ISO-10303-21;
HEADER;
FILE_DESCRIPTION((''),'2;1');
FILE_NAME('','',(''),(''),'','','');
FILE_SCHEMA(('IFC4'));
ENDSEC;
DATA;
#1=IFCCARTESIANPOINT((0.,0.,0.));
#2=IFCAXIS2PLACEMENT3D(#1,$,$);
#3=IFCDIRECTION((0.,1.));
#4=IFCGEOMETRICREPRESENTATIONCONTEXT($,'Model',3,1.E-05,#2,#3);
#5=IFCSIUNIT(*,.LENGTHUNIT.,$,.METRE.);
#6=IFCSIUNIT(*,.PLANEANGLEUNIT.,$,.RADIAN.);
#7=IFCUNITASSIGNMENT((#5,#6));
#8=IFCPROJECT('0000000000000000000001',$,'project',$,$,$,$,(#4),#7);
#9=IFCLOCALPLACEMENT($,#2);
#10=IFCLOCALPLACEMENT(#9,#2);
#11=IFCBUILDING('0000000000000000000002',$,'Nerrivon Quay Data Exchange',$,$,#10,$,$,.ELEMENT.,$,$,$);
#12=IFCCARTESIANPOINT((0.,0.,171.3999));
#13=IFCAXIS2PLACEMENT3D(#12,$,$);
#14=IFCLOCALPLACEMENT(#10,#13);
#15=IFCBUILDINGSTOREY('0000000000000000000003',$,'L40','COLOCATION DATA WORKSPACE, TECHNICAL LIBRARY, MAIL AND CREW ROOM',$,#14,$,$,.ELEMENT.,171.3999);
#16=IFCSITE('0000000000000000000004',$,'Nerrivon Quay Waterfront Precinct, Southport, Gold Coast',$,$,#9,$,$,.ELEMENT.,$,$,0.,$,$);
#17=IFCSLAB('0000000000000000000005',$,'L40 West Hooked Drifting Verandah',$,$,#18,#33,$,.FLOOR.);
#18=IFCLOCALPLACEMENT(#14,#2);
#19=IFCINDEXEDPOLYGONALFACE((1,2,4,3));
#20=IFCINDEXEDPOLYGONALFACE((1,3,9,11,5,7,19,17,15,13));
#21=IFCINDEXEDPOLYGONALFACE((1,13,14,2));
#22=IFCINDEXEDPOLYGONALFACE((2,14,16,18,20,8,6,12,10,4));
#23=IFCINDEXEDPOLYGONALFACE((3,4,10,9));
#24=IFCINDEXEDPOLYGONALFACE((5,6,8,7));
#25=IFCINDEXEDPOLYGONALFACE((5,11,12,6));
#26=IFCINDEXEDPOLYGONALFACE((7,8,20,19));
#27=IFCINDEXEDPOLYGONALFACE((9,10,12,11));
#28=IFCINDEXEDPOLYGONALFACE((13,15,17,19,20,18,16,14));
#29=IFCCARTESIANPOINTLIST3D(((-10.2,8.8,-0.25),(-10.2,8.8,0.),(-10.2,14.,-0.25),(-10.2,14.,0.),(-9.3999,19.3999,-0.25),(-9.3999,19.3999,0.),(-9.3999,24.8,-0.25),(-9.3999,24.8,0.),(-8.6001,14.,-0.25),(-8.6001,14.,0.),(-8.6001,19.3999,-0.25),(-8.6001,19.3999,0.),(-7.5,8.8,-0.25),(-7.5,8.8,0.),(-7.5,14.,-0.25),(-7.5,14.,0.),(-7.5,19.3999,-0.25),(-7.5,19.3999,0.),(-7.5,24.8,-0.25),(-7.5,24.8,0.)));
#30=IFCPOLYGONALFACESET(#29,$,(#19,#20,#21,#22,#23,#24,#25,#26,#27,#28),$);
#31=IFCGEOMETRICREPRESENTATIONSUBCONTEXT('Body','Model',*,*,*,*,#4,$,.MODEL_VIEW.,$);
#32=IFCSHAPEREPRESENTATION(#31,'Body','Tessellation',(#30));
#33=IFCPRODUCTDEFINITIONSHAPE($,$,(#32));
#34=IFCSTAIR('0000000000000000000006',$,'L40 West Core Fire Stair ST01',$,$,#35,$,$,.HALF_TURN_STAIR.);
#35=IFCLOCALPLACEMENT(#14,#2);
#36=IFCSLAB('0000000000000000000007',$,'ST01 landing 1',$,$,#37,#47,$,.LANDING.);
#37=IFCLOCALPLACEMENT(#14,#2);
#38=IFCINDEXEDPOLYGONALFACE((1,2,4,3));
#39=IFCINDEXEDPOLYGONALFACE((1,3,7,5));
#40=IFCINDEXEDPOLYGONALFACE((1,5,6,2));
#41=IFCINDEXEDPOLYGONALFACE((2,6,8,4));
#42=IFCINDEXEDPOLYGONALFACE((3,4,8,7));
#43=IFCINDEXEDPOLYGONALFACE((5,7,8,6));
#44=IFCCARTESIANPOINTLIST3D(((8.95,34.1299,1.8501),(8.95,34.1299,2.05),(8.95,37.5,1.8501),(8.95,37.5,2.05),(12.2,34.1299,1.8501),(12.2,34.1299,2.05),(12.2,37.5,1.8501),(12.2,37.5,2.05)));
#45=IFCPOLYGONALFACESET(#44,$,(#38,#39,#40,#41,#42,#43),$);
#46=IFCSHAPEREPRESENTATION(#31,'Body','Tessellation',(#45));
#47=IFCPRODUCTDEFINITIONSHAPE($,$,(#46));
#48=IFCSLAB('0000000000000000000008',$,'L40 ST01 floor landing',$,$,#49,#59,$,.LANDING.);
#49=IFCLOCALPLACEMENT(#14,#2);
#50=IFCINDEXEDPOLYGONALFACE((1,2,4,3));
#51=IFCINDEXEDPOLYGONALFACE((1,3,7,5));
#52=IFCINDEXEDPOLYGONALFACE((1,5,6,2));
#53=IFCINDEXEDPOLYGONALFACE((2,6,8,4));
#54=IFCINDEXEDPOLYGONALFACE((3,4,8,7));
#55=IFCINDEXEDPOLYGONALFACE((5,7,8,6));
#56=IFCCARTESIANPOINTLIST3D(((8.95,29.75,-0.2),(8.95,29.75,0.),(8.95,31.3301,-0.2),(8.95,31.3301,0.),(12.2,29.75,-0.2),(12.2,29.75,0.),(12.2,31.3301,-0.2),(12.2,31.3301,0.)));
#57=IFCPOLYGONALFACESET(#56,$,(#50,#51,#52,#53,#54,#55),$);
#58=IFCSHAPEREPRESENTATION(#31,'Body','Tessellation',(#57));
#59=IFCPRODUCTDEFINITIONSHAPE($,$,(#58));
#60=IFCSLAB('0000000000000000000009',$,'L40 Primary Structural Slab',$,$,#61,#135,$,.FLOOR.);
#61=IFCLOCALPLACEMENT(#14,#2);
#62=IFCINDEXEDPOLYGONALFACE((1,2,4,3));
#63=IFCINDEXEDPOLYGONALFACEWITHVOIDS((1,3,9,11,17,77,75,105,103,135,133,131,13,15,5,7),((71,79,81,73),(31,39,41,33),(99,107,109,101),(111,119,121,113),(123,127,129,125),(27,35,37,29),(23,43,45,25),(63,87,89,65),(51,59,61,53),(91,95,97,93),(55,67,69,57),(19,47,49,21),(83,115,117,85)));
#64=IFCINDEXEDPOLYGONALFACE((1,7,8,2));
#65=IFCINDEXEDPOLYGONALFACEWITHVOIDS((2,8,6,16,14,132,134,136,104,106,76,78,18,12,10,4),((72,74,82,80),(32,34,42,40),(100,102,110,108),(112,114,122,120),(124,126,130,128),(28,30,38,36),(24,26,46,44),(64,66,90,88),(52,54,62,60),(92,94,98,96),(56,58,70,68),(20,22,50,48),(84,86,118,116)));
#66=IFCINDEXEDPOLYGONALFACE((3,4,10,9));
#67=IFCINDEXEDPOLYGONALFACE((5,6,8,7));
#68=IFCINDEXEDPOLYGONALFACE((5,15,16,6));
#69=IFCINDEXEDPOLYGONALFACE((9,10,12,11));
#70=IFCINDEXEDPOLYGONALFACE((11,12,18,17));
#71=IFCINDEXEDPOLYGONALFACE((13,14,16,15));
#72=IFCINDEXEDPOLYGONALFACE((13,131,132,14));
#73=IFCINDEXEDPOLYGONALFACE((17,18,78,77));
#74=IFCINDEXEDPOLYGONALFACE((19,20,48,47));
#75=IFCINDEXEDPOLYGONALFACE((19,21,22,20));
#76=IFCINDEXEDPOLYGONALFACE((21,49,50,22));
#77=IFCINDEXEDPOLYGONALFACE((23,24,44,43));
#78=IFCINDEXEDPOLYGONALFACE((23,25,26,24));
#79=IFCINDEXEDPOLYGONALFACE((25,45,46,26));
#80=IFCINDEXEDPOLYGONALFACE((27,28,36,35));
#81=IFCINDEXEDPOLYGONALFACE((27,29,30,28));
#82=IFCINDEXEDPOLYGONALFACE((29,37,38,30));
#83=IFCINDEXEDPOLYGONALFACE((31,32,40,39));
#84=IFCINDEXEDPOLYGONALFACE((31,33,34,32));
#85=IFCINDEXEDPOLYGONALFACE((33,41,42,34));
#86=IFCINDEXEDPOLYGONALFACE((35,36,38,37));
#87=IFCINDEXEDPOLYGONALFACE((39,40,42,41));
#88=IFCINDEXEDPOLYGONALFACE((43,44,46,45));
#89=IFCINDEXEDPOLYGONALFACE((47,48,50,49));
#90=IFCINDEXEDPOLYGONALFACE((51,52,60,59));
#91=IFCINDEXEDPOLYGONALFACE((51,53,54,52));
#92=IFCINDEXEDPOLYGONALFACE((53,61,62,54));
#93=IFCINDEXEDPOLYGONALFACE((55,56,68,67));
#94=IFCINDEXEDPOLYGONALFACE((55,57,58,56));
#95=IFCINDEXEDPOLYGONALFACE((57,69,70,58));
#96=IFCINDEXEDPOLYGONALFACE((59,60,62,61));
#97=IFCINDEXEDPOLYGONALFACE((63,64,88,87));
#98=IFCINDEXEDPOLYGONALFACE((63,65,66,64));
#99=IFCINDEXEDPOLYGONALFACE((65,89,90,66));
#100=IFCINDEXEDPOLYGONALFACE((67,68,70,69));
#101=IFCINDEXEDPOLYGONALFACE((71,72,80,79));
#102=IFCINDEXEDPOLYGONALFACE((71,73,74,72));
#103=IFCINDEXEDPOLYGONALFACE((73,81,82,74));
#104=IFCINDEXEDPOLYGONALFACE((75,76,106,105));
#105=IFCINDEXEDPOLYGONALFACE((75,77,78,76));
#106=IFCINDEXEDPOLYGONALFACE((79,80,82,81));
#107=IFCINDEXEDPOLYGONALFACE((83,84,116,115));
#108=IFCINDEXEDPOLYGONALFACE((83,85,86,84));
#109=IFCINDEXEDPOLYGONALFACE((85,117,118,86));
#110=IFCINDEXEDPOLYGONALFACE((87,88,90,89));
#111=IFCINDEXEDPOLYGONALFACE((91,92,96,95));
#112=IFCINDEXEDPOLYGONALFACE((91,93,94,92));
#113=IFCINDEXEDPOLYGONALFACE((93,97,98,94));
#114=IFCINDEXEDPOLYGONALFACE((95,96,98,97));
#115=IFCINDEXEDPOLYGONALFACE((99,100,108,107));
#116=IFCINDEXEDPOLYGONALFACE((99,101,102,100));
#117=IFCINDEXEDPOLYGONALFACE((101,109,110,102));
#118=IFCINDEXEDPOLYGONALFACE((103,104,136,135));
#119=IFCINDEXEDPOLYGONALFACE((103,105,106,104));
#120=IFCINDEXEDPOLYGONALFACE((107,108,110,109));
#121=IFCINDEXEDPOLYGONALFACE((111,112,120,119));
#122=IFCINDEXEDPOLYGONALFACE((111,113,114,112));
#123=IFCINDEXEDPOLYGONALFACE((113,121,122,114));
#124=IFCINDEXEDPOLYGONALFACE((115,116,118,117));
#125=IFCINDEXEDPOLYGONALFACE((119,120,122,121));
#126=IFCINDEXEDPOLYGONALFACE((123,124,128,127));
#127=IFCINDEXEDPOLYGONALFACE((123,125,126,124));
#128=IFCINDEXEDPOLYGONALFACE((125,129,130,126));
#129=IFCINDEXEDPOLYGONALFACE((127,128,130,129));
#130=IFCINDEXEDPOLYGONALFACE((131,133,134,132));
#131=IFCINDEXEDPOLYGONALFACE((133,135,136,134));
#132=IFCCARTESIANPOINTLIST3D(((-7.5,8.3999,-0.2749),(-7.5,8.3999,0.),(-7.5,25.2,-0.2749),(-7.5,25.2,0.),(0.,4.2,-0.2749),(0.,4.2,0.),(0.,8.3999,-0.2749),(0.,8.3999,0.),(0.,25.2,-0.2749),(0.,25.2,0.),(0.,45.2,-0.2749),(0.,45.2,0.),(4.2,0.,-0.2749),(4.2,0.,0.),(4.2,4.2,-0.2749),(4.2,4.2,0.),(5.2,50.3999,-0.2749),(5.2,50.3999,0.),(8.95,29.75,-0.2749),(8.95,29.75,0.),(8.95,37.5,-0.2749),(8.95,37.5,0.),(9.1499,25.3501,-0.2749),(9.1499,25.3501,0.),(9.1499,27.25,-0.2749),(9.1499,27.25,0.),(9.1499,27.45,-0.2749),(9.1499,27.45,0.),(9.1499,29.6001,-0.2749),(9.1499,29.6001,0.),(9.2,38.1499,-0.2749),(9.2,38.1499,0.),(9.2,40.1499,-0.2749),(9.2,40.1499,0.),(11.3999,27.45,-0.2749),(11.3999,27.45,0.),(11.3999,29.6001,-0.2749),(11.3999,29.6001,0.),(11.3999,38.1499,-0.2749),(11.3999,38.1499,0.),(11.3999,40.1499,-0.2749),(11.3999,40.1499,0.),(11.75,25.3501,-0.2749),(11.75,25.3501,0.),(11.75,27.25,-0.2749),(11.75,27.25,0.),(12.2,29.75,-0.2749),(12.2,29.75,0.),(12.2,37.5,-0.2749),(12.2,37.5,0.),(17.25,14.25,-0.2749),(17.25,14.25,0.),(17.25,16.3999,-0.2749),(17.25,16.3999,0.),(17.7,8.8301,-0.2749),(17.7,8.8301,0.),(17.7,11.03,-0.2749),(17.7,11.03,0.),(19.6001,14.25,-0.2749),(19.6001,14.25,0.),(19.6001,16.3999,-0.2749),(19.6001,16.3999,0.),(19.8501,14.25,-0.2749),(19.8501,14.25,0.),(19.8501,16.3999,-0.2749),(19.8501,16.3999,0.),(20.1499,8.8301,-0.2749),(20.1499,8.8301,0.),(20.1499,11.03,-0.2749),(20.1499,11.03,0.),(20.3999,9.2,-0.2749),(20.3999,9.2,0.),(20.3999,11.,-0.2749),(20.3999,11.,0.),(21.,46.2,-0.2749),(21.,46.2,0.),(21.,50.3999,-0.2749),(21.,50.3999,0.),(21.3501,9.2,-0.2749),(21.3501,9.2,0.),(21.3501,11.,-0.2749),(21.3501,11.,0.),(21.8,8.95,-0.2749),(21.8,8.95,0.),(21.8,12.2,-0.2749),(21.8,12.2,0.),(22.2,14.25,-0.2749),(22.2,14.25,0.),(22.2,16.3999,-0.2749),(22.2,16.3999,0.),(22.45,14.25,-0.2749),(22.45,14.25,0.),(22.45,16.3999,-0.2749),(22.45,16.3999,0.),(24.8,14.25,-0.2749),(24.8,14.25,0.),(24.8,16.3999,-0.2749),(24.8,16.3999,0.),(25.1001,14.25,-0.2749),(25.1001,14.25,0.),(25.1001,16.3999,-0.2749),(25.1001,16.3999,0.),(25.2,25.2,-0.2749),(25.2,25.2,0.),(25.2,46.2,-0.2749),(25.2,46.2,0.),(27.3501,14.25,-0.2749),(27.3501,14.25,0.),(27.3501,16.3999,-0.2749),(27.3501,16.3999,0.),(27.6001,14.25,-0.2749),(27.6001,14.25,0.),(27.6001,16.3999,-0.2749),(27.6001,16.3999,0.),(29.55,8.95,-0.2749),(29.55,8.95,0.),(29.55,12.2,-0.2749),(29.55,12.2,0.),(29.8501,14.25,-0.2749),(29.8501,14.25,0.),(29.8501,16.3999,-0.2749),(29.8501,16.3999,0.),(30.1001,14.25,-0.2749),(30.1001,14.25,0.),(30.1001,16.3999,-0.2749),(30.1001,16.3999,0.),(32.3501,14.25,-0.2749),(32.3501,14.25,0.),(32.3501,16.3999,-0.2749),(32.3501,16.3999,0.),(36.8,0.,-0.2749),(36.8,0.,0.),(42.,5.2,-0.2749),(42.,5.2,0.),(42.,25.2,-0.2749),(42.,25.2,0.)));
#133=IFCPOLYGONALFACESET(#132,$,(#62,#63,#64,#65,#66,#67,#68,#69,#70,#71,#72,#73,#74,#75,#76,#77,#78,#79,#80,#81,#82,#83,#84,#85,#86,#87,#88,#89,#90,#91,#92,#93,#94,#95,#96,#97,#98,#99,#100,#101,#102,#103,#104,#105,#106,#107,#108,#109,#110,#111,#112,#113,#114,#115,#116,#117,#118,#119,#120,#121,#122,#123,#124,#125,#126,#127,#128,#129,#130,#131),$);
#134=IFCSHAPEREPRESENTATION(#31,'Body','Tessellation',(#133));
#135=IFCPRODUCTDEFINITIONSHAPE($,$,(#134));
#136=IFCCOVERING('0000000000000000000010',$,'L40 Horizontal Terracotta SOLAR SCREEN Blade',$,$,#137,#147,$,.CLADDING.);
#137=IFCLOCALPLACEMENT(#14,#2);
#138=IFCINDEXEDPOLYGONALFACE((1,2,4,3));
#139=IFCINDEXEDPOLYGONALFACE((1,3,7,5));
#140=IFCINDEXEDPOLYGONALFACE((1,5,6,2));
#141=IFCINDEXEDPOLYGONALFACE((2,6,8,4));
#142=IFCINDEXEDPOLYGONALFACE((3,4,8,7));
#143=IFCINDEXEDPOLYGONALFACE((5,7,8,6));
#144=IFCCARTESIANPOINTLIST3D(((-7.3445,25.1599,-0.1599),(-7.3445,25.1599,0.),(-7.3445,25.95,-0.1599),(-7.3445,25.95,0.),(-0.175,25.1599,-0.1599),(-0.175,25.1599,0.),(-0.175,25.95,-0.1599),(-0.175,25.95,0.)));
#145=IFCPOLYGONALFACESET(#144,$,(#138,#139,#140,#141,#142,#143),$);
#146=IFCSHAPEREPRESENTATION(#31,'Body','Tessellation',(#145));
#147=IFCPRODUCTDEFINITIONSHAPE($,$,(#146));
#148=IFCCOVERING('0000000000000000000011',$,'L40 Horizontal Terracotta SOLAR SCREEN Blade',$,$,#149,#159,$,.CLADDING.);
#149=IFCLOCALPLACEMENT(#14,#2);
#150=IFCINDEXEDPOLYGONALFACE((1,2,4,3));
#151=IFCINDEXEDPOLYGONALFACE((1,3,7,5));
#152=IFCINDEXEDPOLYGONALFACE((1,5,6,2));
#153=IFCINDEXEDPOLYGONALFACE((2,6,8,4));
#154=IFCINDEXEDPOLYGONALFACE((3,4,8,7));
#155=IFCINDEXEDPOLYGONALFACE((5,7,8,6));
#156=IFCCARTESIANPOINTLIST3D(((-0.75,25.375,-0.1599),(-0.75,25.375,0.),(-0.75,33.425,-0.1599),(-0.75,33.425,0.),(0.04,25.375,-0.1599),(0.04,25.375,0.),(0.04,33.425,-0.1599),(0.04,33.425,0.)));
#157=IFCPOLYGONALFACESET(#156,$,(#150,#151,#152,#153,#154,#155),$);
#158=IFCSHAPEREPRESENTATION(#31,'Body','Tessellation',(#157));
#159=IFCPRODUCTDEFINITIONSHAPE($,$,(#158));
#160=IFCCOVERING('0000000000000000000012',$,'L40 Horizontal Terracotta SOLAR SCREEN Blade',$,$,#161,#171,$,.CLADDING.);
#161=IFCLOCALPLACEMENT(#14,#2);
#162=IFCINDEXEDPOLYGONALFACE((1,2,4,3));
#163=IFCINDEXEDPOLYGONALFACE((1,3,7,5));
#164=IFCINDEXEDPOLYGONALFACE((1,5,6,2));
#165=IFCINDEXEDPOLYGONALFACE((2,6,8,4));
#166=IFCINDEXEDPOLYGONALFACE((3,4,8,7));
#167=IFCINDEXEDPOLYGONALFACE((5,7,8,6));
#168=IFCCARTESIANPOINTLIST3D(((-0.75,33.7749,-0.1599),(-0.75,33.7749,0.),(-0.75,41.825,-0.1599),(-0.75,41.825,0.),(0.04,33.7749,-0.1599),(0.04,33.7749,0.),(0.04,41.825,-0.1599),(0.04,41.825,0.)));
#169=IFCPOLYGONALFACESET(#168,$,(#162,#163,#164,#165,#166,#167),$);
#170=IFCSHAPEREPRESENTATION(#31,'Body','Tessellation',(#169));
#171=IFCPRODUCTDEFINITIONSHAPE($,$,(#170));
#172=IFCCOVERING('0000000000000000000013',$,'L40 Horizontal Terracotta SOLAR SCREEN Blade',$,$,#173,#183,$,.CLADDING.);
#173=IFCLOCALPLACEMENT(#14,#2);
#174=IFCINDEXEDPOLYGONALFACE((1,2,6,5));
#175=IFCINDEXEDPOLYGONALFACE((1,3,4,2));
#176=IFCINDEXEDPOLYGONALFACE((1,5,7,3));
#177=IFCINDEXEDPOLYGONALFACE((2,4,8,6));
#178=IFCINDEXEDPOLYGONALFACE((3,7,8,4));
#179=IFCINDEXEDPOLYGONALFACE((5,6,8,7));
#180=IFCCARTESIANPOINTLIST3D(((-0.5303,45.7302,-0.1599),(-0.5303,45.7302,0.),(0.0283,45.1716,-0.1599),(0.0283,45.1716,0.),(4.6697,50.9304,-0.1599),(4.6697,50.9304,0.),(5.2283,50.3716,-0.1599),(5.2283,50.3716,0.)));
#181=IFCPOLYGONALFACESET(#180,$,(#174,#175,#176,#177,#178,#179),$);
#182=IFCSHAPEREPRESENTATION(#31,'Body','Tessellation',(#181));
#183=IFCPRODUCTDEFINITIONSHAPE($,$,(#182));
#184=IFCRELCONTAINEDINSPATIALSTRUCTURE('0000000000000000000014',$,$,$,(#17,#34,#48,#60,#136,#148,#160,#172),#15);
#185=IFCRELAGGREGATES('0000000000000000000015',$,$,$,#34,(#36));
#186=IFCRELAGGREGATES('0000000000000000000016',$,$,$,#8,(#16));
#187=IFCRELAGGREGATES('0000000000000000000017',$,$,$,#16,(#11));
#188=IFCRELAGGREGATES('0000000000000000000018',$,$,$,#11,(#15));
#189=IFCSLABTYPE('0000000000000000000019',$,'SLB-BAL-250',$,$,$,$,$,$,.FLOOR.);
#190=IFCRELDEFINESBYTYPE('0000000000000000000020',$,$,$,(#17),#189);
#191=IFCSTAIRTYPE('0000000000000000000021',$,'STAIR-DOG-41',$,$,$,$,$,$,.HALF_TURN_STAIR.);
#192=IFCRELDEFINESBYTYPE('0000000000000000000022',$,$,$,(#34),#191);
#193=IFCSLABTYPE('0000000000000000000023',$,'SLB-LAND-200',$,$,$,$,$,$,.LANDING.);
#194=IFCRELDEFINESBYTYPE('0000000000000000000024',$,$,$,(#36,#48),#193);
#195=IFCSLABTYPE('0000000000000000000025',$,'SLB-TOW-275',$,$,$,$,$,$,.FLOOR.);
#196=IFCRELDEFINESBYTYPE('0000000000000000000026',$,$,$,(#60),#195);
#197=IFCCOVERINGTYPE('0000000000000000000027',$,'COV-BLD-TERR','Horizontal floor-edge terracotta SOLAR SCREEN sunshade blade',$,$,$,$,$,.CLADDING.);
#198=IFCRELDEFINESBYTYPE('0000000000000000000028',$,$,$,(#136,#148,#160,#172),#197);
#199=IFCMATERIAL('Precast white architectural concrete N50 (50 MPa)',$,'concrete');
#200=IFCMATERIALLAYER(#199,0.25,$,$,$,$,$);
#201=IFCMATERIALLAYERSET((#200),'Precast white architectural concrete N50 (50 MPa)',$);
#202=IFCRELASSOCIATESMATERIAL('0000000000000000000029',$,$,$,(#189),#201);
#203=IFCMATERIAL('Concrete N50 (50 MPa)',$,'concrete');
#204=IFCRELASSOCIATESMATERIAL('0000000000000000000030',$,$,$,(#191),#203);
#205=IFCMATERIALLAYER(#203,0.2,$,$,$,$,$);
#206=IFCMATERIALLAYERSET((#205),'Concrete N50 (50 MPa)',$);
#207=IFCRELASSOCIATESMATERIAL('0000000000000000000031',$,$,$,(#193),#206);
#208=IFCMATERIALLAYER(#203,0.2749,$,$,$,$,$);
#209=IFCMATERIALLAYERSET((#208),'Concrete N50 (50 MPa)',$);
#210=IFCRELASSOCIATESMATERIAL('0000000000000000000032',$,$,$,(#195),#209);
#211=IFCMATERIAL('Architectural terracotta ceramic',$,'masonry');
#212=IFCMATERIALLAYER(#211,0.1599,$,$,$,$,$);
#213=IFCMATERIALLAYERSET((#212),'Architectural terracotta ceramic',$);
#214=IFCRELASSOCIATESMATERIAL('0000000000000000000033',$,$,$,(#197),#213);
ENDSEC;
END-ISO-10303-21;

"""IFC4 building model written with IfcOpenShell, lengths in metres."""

from ifc_helpers import new_model, si_unit, direction, frame, origin, place, context, subcontext, project, spatial, polyline, outline, extrude, material, layer, layer_set, type_object, element, aggregate, save


model = new_model("IFC4")

# Units and contexts
model_context = context("Model", 3, precision=1e-05, world=origin(), true_north=direction((0.0, 1.0)))
body_context = subcontext(model_context, "Body", "Model", "MODEL_VIEW")
ifc_project = project(units=[si_unit("LENGTHUNIT", "METRE"), si_unit("PLANEANGLEUNIT", "RADIAN")], contexts=[model_context])

# Site, building, storey
site_placement = place(None, origin())
site = spatial("IfcSite", under=ifc_project, at=site_placement, Name="Nerrivon Quay Waterfront Precinct, Southport, Gold Coast", CompositionType="ELEMENT", RefElevation=0.0)
building_placement = place(site_placement, origin())
building = spatial("IfcBuilding", under=site, at=building_placement, Name="Nerrivon Quay Data Exchange", CompositionType="ELEMENT")
storey_placement = place(building_placement, frame((0.0, 0.0, 171.3999)))
storey = spatial("IfcBuildingStorey", under=building, at=storey_placement, Name="L40", Description="COLOCATION DATA WORKSPACE, TECHNICAL LIBRARY, MAIL AND CREW ROOM", CompositionType="ELEMENT", Elevation=171.3999)

# Slab
ifc_material_1 = material(Name="Precast white architectural concrete N50 (50 MPa)", Category="concrete")
ifc_layer_1 = layer(ifc_material_1, 0.25)
ifc_layer_set_1 = layer_set([ifc_layer_1], Name="Precast white architectural concrete N50 (50 MPa)")
slab_type_1 = type_object("IfcSlabType", Name="SLB-BAL-250", PredefinedType="FLOOR", material=ifc_layer_set_1)
slab_1_placement = place(storey_placement, frame((0.0, 0.0, -0.25)))
element("IfcSlab", 1, at=slab_1_placement, inside=storey, type_object=slab_type_1, Name="L40 West Hooked Drifting Verandah", PredefinedType="FLOOR", context=body_context, shape_type="SweptSolid", body=[
    extrude(outline(polyline([(-7.5, 14.0), (-7.5, 19.3999), (-7.5, 24.8), (-9.3999, 24.8), (-9.3999, 19.3999), (-8.6001, 19.3999), (-8.6001, 14.0), (-10.2, 14.0), (-10.2, 8.8), (-7.5, 8.8), (-7.5, 14.0)])), origin(), (0.0, 0.0, 1.0), 0.25),
])

# Stair, slab
ifc_material_2 = material(Name="Concrete N50 (50 MPa)", Category="concrete")
stair_type = type_object("IfcStairType", Name="STAIR-DOG-41", PredefinedType="HALF_TURN_STAIR", material=ifc_material_2)
stair_placement = place(storey_placement, origin())
stair = element("IfcStair", 2, at=stair_placement, inside=storey, type_object=stair_type, Name="L40 West Core Fire Stair ST01", PredefinedType="HALF_TURN_STAIR")
ifc_layer_2 = layer(ifc_material_2, 0.2)
ifc_layer_set_2 = layer_set([ifc_layer_2], Name="Concrete N50 (50 MPa)")
slab_type_2 = type_object("IfcSlabType", Name="SLB-LAND-200", PredefinedType="LANDING", material=ifc_layer_set_2)
slab_2_placement = place(storey_placement, frame((0.0, 0.0, 1.8501)))
slab_2 = element("IfcSlab", 3, at=slab_2_placement, type_object=slab_type_2, Name="ST01 landing 1", PredefinedType="LANDING", context=body_context, shape_type="SweptSolid", body=[
    extrude(outline(polyline([(12.2, 34.1299), (12.2, 37.5), (8.95, 37.5), (8.95, 34.1299), (12.2, 34.1299)])), origin(), (0.0, 0.0, 1.0), 0.2),
])
aggregate(stair, [slab_2])

# Slabs
slab_3_placement = place(storey_placement, frame((0.0, 0.0, -0.2)))
element("IfcSlab", 4, at=slab_3_placement, inside=storey, type_object=slab_type_2, Name="L40 ST01 floor landing", PredefinedType="LANDING", context=body_context, shape_type="SweptSolid", body=[
    extrude(outline(polyline([(12.2, 29.75), (12.2, 31.3301), (8.95, 31.3301), (8.95, 29.75), (12.2, 29.75)])), origin(), (0.0, 0.0, 1.0), 0.2),
])
ifc_layer_3 = layer(ifc_material_2, 0.2749)
ifc_layer_set_3 = layer_set([ifc_layer_3], Name="Concrete N50 (50 MPa)")
slab_type_3 = type_object("IfcSlabType", Name="SLB-TOW-275", PredefinedType="FLOOR", material=ifc_layer_set_3)
slab_4_placement = place(storey_placement, frame((0.0, 0.0, -0.2749)))
element("IfcSlab", 5, at=slab_4_placement, inside=storey, type_object=slab_type_3, Name="L40 Primary Structural Slab", PredefinedType="FLOOR", context=body_context, shape_type="SweptSolid", body=[
    extrude(outline(polyline([(0.0, 8.3999), (0.0, 4.2), (4.2, 4.2), (4.2, 0.0), (36.8, 0.0), (42.0, 5.2), (42.0, 25.2), (25.2, 25.2), (25.2, 46.2), (21.0, 46.2), (21.0, 50.3999), (5.2, 50.3999), (0.0, 45.2), (0.0, 25.2), (-7.5, 25.2), (-7.5, 8.3999), (0.0, 8.3999)]), holes=[polyline([(8.95, 29.75), (8.95, 37.5), (12.2, 37.5), (12.2, 29.75), (8.95, 29.75)]), polyline([(21.8, 12.2), (29.55, 12.2), (29.55, 8.95), (21.8, 8.95), (21.8, 12.2)]), polyline([(30.1001, 16.3999), (32.3501, 16.3999), (32.3501, 14.25), (30.1001, 14.25), (30.1001, 16.3999)]), polyline([(27.6001, 16.3999), (29.8501, 16.3999), (29.8501, 14.25), (27.6001, 14.25), (27.6001, 16.3999)]), polyline([(25.1001, 14.25), (25.1001, 16.3999), (27.3501, 16.3999), (27.3501, 14.25), (25.1001, 14.25)]), polyline([(22.45, 16.3999), (24.8, 16.3999), (24.8, 14.25), (22.45, 14.25), (22.45, 16.3999)]), polyline([(19.8501, 16.3999), (22.2, 16.3999), (22.2, 14.25), (19.8501, 14.25), (19.8501, 16.3999)]), polyline([(20.3999, 9.2), (20.3999, 11.0), (21.3501, 11.0), (21.3501, 9.2), (20.3999, 9.2)]), polyline([(17.7, 8.8301), (17.7, 11.03), (20.1499, 11.03), (20.1499, 8.8301), (17.7, 8.8301)]), polyline([(17.25, 14.25), (17.25, 16.3999), (19.6001, 16.3999), (19.6001, 14.25), (17.25, 14.25)]), polyline([(9.1499, 27.25), (11.75, 27.25), (11.75, 25.3501), (9.1499, 25.3501), (9.1499, 27.25)]), polyline([(9.1499, 29.6001), (11.3999, 29.6001), (11.3999, 27.45), (9.1499, 27.45), (9.1499, 29.6001)]), polyline([(9.2, 38.1499), (9.2, 40.1499), (11.3999, 40.1499), (11.3999, 38.1499), (9.2, 38.1499)])]), origin(), (0.0, 0.0, 1.0), 0.2749),
])

# Coverings
ifc_material_3 = material(Name="Architectural terracotta ceramic", Category="masonry")
ifc_layer_4 = layer(ifc_material_3, 0.1599)
ifc_layer_set_4 = layer_set([ifc_layer_4], Name="Architectural terracotta ceramic")
covering_type = type_object("IfcCoveringType", Name="COV-BLD-TERR", Description="Horizontal floor-edge terracotta SOLAR SCREEN sunshade blade", PredefinedType="CLADDING", material=ifc_layer_set_4)
covering_1_placement = place(storey_placement, frame((0.0, 0.0, -0.1599)))
element("IfcCovering", 6, at=covering_1_placement, inside=storey, type_object=covering_type, Name="L40 Horizontal Terracotta SOLAR SCREEN Blade", PredefinedType="CLADDING", context=body_context, shape_type="SweptSolid", body=[
    extrude(outline(polyline([(-7.3445, 25.1599), (-0.175, 25.1599), (-0.175, 25.95), (-7.3445, 25.95), (-7.3445, 25.1599)])), origin(), (0.0, 0.0, 1.0), 0.1599),
])
covering_2_placement = place(storey_placement, frame((0.0, 0.0, -0.1599)))
element("IfcCovering", 7, at=covering_2_placement, inside=storey, type_object=covering_type, Name="L40 Horizontal Terracotta SOLAR SCREEN Blade", PredefinedType="CLADDING", context=body_context, shape_type="SweptSolid", body=[
    extrude(outline(polyline([(0.04, 25.375), (0.04, 33.425), (-0.75, 33.425), (-0.75, 25.375), (0.04, 25.375)])), origin(), (0.0, 0.0, 1.0), 0.1599),
])
covering_3_placement = place(storey_placement, frame((0.0, 0.0, -0.1599)))
element("IfcCovering", 8, at=covering_3_placement, inside=storey, type_object=covering_type, Name="L40 Horizontal Terracotta SOLAR SCREEN Blade", PredefinedType="CLADDING", context=body_context, shape_type="SweptSolid", body=[
    extrude(outline(polyline([(0.04, 33.7749), (0.04, 41.825), (-0.75, 41.825), (-0.75, 33.7749), (0.04, 33.7749)])), origin(), (0.0, 0.0, 1.0), 0.1599),
])
covering_4_placement = place(storey_placement, frame((0.0, 0.0, -0.1599)))
element("IfcCovering", 9, at=covering_4_placement, inside=storey, type_object=covering_type, Name="L40 Horizontal Terracotta SOLAR SCREEN Blade", PredefinedType="CLADDING", context=body_context, shape_type="SweptSolid", body=[
    extrude(outline(polyline([(0.0283, 45.1716), (5.2283, 50.3716), (4.6697, 50.9304), (-0.5303, 45.7302), (0.0283, 45.1716)])), origin(), (0.0, 0.0, 1.0), 0.1599),
])

save(model, "model.ifc")
